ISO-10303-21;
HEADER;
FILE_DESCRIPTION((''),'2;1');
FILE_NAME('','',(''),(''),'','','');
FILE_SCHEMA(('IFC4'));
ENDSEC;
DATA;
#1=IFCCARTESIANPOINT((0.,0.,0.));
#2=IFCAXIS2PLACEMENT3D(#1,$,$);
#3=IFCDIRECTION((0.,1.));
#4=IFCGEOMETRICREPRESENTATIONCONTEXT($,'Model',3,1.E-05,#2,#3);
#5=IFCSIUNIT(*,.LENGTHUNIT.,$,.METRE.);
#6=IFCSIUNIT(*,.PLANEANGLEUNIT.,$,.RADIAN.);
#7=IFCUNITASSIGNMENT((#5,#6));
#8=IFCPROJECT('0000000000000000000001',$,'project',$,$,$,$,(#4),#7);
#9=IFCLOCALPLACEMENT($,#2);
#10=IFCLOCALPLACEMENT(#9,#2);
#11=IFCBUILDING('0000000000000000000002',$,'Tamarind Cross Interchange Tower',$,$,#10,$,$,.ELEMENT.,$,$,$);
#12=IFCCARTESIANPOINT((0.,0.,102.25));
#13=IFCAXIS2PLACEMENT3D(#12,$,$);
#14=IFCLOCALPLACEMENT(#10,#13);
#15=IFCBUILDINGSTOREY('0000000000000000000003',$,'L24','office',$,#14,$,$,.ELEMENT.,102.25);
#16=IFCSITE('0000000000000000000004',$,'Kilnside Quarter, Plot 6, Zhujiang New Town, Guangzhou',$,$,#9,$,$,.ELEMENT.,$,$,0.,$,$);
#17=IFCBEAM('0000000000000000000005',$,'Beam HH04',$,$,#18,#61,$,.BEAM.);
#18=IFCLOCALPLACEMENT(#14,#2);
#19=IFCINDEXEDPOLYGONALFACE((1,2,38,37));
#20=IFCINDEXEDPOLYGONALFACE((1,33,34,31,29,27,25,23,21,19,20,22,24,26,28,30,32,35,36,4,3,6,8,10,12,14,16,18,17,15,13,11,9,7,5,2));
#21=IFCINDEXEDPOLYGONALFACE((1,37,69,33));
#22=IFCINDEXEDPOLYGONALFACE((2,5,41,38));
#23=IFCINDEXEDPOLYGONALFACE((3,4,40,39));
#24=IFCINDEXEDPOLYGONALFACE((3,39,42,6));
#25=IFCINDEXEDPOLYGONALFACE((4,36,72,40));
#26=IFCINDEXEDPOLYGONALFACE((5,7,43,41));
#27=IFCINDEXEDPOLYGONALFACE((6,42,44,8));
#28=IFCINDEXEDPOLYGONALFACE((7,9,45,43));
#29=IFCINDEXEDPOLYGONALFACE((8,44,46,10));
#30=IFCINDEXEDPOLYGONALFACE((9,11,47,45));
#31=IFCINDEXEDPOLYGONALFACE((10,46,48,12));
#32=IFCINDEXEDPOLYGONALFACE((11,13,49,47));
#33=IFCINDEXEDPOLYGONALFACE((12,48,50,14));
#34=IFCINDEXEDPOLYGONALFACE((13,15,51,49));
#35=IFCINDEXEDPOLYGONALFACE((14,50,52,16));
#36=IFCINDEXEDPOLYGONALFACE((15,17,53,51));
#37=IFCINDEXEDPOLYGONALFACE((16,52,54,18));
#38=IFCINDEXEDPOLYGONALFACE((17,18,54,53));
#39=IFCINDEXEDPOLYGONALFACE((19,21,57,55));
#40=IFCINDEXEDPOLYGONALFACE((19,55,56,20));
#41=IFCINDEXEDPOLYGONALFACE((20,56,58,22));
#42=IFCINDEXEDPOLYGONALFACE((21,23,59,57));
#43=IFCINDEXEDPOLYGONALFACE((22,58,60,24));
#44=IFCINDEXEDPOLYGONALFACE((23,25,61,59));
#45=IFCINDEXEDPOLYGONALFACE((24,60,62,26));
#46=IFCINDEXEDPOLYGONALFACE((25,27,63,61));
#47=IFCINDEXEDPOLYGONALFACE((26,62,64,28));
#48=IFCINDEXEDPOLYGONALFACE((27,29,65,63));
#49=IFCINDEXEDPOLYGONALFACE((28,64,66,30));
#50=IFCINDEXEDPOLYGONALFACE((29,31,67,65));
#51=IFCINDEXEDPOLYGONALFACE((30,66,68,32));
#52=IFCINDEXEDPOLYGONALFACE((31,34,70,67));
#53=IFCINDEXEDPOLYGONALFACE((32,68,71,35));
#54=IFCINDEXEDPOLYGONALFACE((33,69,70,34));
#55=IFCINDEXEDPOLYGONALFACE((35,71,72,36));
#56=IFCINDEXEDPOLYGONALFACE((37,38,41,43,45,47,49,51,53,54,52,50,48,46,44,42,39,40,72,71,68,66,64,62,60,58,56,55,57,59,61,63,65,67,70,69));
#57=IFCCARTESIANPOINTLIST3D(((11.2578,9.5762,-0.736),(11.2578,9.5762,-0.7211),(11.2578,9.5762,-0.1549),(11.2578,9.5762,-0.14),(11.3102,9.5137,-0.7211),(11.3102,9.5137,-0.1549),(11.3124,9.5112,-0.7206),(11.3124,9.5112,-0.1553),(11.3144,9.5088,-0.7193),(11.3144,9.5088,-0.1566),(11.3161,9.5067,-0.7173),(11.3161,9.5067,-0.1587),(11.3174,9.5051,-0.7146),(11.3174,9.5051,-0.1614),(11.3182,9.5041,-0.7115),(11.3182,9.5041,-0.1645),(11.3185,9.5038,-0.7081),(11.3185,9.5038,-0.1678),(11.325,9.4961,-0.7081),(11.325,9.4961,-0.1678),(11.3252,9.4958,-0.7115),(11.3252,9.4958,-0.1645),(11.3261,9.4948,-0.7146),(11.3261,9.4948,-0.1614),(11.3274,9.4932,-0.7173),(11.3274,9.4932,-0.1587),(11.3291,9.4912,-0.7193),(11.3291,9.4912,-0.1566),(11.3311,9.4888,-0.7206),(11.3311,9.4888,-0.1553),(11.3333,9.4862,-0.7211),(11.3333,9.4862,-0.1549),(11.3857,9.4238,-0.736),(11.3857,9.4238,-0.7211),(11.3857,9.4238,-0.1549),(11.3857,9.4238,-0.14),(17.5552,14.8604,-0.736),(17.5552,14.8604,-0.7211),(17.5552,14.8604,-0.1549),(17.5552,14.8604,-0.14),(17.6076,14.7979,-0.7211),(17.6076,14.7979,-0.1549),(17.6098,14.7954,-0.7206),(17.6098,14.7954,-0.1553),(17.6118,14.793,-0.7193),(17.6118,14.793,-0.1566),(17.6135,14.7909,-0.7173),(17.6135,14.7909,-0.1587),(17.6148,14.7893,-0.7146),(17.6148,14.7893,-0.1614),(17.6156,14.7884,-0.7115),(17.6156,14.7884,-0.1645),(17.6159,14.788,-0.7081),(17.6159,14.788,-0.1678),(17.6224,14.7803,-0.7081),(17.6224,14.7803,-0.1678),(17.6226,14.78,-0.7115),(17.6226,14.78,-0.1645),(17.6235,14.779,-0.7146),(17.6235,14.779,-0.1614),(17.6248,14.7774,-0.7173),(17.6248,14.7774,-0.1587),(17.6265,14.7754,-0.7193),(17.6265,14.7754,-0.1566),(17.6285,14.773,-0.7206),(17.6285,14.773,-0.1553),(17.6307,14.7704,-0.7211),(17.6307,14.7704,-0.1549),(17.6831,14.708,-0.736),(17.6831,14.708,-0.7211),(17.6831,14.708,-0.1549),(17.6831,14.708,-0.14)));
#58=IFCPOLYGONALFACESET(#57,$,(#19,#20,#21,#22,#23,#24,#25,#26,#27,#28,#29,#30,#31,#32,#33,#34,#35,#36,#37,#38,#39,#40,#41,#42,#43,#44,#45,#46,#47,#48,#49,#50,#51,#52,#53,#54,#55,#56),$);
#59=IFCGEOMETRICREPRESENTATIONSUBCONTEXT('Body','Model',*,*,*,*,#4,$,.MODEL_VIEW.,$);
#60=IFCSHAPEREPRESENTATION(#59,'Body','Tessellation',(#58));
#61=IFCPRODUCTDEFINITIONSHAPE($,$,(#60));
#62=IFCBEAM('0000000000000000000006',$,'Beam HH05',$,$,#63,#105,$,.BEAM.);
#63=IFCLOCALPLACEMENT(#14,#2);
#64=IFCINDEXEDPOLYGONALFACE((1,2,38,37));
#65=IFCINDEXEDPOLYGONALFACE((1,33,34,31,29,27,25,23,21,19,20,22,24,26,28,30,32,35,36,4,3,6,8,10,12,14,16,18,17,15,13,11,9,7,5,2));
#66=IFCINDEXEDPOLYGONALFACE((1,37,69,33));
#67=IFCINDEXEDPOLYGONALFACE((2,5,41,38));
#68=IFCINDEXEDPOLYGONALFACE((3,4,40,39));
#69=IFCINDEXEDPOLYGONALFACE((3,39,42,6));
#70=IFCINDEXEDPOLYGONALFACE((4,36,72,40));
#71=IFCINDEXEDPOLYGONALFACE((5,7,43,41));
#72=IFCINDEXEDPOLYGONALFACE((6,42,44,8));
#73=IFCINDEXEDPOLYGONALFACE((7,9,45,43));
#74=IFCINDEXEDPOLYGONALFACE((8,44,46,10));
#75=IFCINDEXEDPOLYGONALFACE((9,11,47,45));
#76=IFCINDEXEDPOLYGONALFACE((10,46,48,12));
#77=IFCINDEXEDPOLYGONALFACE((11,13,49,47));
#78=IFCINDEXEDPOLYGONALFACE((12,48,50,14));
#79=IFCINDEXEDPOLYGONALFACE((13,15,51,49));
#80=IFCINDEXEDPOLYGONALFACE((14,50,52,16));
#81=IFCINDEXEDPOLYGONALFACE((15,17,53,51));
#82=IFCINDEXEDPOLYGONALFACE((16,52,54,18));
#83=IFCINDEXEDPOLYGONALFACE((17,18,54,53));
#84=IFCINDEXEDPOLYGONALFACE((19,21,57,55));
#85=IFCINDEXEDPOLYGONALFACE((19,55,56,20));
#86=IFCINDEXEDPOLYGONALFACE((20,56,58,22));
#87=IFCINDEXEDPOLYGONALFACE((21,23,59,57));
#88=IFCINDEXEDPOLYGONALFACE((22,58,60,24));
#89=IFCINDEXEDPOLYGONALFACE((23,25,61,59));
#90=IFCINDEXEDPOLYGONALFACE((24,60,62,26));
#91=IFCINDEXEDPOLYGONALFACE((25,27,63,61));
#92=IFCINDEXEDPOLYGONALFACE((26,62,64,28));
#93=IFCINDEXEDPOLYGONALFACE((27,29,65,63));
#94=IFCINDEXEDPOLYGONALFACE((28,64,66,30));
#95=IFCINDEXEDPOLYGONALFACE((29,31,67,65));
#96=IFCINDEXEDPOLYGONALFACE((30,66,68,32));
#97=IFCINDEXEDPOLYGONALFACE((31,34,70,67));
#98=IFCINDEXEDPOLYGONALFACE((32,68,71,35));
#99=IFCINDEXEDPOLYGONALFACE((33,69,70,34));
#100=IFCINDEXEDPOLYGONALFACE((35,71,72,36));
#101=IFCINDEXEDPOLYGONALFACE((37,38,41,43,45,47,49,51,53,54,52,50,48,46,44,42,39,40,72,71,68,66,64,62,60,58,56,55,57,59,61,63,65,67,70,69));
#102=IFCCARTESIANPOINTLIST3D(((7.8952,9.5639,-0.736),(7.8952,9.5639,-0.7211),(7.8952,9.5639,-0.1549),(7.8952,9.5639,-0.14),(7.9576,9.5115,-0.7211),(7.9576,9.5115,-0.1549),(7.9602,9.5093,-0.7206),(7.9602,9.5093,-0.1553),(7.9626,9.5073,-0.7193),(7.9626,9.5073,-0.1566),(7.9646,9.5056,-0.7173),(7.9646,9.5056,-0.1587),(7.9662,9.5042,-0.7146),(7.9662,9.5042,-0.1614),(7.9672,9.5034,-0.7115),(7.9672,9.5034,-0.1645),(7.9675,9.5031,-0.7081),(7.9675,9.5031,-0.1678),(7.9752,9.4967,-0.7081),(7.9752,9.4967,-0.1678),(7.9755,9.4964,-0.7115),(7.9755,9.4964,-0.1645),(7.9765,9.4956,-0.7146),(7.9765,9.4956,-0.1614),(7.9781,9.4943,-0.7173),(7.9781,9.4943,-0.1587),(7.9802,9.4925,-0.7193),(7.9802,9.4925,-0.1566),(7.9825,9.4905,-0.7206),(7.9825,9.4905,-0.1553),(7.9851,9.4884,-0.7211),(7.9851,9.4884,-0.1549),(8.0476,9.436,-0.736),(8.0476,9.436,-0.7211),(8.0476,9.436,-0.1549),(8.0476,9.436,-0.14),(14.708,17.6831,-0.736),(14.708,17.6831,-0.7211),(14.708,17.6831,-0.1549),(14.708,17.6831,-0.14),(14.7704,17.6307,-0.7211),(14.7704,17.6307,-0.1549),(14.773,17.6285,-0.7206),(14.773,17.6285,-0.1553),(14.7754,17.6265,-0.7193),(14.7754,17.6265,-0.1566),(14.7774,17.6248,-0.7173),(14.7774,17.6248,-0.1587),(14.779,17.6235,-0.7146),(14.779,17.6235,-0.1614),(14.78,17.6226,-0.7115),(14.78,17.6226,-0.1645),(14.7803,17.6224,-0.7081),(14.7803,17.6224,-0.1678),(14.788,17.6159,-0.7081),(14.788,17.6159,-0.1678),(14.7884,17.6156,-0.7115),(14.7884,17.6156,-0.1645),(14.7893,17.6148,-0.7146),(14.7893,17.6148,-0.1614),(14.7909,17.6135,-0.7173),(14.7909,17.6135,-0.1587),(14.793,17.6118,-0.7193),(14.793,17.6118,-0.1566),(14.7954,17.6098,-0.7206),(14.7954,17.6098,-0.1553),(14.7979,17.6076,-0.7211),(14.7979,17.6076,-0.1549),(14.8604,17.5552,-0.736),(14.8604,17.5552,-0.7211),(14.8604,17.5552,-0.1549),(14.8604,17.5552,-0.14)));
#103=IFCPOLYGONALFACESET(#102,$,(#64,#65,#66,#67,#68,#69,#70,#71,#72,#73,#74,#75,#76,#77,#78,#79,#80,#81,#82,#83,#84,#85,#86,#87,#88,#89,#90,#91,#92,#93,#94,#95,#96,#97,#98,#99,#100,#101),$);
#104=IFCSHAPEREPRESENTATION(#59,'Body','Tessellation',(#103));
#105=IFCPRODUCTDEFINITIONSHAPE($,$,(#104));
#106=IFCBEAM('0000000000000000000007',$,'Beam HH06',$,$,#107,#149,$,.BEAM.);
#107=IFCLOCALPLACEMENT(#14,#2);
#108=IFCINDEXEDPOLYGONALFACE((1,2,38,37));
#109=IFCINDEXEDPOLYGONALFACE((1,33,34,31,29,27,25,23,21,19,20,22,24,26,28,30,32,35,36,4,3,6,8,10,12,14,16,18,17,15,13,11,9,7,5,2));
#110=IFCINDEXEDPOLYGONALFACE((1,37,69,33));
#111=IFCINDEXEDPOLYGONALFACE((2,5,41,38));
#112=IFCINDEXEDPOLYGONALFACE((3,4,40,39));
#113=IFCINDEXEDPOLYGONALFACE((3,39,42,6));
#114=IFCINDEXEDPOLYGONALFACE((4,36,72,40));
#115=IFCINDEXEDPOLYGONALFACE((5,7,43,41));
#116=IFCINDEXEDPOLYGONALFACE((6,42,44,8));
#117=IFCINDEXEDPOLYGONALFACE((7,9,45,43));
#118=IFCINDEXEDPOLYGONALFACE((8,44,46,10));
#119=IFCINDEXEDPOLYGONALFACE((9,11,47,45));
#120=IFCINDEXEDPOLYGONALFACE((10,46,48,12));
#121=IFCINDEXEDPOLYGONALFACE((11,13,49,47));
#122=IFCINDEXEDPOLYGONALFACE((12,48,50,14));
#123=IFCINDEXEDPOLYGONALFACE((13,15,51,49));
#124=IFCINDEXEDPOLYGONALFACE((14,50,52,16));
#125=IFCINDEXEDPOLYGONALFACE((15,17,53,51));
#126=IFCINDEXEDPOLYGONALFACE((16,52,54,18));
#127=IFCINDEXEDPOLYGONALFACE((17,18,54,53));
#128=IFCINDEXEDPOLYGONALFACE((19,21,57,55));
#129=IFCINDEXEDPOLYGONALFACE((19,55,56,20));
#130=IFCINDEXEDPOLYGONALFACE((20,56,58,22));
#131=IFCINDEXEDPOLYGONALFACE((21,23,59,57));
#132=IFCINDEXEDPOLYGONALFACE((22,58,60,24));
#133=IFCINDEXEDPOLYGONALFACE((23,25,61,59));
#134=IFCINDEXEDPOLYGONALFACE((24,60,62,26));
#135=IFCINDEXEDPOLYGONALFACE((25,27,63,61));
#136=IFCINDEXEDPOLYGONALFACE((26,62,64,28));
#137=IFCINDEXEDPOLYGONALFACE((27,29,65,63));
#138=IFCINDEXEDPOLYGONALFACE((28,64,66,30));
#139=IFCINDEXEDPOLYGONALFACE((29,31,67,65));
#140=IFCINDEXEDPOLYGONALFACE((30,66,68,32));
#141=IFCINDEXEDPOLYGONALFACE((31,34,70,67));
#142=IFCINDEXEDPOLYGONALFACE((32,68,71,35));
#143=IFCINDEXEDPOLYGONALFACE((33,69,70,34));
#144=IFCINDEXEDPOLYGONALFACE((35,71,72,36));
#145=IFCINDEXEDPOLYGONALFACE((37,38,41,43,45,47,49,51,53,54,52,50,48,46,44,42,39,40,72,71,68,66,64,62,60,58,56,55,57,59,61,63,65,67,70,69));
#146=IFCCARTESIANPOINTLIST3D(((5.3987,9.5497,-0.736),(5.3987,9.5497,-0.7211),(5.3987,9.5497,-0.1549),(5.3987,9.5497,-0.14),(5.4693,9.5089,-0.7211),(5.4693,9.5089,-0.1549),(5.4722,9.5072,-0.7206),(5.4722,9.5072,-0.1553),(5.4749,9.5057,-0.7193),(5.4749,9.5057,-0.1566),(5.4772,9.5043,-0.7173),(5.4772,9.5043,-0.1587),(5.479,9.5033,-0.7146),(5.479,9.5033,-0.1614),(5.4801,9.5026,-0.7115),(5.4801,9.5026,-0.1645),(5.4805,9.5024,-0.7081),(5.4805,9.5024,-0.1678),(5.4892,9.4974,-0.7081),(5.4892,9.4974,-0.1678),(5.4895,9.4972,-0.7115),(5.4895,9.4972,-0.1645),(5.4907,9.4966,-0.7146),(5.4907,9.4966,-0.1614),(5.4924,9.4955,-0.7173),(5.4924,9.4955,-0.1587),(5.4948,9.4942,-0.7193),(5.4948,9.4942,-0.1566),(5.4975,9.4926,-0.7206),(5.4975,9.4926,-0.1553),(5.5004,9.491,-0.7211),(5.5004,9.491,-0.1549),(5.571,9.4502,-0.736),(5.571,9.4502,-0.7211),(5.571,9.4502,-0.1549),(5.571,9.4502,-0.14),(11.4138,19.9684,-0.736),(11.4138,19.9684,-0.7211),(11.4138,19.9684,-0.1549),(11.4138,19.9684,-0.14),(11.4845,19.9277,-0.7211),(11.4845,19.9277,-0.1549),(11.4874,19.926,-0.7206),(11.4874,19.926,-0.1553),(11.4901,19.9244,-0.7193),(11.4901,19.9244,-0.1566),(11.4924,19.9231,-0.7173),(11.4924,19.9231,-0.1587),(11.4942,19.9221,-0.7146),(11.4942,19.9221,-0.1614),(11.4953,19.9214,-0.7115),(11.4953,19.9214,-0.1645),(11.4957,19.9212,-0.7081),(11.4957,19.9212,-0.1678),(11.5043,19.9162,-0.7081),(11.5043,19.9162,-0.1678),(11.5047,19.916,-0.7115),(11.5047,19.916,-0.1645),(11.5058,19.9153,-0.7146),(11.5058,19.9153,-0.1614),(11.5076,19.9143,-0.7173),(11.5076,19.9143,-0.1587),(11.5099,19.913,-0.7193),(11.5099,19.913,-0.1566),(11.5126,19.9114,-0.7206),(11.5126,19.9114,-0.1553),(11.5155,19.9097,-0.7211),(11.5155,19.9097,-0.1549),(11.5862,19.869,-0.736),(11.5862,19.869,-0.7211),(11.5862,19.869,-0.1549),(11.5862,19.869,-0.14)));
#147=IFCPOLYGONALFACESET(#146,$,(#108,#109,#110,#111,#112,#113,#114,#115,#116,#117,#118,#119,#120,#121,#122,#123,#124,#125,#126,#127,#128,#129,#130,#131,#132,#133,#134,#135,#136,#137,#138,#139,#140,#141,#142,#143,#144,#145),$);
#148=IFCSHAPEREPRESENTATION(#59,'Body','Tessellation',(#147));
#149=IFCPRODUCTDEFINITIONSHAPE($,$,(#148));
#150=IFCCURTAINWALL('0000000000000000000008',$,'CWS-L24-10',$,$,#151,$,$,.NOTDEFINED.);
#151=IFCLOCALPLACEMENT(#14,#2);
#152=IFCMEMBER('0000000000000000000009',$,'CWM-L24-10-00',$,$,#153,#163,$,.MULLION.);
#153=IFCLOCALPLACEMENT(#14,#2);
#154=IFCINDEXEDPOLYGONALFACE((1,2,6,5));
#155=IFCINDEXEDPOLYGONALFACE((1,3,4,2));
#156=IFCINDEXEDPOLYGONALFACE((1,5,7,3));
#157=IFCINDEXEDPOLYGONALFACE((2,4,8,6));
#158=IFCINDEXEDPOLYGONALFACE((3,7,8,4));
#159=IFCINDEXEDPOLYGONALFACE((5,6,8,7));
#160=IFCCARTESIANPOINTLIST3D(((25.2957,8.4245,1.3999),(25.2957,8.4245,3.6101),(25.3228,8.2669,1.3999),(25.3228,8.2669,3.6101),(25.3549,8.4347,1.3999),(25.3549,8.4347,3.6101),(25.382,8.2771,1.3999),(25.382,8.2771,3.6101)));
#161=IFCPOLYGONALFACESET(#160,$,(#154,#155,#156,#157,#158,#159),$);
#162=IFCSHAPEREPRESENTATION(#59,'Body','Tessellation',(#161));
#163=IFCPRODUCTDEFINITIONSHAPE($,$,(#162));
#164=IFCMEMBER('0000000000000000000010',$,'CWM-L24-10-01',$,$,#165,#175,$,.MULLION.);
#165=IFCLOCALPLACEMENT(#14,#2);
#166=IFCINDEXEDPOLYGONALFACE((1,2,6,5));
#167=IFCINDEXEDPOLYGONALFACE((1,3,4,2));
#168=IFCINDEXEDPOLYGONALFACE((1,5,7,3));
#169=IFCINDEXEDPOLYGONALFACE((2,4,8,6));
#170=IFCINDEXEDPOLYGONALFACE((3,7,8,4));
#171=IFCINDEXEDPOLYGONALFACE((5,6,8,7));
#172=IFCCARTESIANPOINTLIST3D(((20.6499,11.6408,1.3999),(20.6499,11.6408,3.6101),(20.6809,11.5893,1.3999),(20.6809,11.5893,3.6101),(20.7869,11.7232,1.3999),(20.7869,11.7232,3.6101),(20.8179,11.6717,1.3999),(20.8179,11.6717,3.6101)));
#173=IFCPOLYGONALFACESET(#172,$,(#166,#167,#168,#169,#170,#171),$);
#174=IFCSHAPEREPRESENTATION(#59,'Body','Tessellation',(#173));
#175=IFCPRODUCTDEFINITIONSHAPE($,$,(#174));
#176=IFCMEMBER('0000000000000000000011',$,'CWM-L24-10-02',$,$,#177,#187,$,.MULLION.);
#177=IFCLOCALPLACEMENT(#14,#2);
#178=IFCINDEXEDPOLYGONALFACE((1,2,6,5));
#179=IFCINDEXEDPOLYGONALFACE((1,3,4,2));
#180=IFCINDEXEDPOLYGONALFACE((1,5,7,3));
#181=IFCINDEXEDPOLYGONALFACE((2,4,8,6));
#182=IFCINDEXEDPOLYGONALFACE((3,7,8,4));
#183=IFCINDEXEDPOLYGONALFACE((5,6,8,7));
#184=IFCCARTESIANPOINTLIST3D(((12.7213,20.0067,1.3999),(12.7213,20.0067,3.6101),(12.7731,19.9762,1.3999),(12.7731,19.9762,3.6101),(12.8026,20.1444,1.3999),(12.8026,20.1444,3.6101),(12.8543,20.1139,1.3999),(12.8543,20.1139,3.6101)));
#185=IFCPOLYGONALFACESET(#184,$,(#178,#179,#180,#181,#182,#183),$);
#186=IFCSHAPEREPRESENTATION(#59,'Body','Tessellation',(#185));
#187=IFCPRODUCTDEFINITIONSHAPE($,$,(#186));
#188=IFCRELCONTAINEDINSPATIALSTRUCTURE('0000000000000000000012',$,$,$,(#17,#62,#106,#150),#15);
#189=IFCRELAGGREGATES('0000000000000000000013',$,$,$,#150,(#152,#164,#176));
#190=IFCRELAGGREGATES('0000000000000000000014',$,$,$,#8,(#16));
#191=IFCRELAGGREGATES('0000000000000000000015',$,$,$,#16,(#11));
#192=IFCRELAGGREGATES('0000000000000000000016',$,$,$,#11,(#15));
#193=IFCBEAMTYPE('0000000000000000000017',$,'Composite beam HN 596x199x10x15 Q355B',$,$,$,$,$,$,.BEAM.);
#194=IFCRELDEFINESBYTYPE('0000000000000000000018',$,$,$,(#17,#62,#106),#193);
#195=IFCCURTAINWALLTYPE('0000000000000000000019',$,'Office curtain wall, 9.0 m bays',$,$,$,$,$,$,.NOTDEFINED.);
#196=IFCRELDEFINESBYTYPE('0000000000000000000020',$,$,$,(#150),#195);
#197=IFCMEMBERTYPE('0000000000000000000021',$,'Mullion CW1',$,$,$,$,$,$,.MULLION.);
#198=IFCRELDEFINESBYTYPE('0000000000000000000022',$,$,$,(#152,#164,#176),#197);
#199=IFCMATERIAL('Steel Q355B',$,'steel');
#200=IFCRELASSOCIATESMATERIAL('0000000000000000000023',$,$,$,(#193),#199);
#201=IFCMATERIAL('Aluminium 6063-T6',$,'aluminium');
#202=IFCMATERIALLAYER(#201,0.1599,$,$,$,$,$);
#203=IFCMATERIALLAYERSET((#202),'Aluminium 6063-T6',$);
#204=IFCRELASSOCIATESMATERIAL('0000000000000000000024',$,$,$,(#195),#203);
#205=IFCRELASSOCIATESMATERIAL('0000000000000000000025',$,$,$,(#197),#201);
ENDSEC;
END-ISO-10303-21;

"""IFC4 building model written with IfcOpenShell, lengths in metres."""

from ifc_helpers import new_model, si_unit, direction, frame, origin, origin_2d, place, context, subcontext, project, spatial, rectangle, i_section, extrude, material, layer, layer_set, material_profile, profile_set, type_object, element, aggregate, save


model = new_model("IFC4")

# Units and contexts
model_context = context("Model", 3, precision=1e-05, world=origin(), true_north=direction((0.0, 1.0)))
body_context = subcontext(model_context, "Body", "Model", "MODEL_VIEW")
ifc_project = project(units=[si_unit("LENGTHUNIT", "METRE"), si_unit("PLANEANGLEUNIT", "RADIAN")], contexts=[model_context])

# Site, building, storey
site_placement = place(None, origin())
site = spatial("IfcSite", under=ifc_project, at=site_placement, Name="Kilnside Quarter, Plot 6, Zhujiang New Town, Guangzhou", CompositionType="ELEMENT", RefElevation=0.0)
building_placement = place(site_placement, origin())
building = spatial("IfcBuilding", under=site, at=building_placement, Name="Tamarind Cross Interchange Tower", CompositionType="ELEMENT")
storey_placement = place(building_placement, frame((0.0, 0.0, 102.25)))
storey = spatial("IfcBuildingStorey", under=building, at=storey_placement, Name="L24", Description="office", CompositionType="ELEMENT", Elevation=102.25)

# Beams
ifc_material_1 = material(Name="Steel Q355B", Category="steel")
ifc_material_profile_1 = material_profile(ifc_material_1, i_section(OverallWidth=0.199, OverallDepth=0.5959, WebThickness=0.01, FlangeThickness=0.0149, FilletRadius=0.0129, at=origin_2d()), Name="HN 596x199x10x15")
ifc_profile_set_1 = profile_set([ifc_material_profile_1], Name="Steel Q355B")
beam_type = type_object("IfcBeamType", Name="Composite beam HN 596x199x10x15 Q355B", PredefinedType="BEAM", material=ifc_profile_set_1)
beam_1_placement = place(storey_placement, frame((17.6191, 14.7842, -0.438), z_axis=(-0.766041, -0.642792, 0.0), x_axis=(0.642792, -0.766041, 0.0)))
element("IfcBeam", 1, at=beam_1_placement, inside=storey, type_object=beam_type, Name="Beam HH04", PredefinedType="BEAM", context=body_context, shape_type="SweptSolid", body=[
    extrude(i_section(OverallWidth=0.199, OverallDepth=0.5959, WebThickness=0.01, FlangeThickness=0.0149, FilletRadius=0.0129, at=origin_2d()), origin(), (0.0, 0.0, 1.0), 8.2207),
])
beam_2_placement = place(storey_placement, frame((14.7842, 17.6191, -0.438), z_axis=(-0.642786, -0.766046, 0.0), x_axis=(0.766046, -0.642786, 0.0)))
element("IfcBeam", 2, at=beam_2_placement, inside=storey, type_object=beam_type, Name="Beam HH05", PredefinedType="BEAM", context=body_context, shape_type="SweptSolid", body=[
    extrude(i_section(OverallWidth=0.199, OverallDepth=0.5959, WebThickness=0.01, FlangeThickness=0.0149, FilletRadius=0.0129, at=origin_2d()), origin(), (0.0, 0.0, 1.0), 10.5989),
])
beam_3_placement = place(storey_placement, frame((11.5, 19.9187, -0.438), z_axis=(-0.499994, -0.866029, 0.0), x_axis=(0.866029, -0.499994, 0.0)))
element("IfcBeam", 3, at=beam_3_placement, inside=storey, type_object=beam_type, Name="Beam HH06", PredefinedType="BEAM", context=body_context, shape_type="SweptSolid", body=[
    extrude(i_section(OverallWidth=0.199, OverallDepth=0.5959, WebThickness=0.01, FlangeThickness=0.0149, FilletRadius=0.0129, at=origin_2d()), origin(), (0.0, 0.0, 1.0), 12.0305),
])

# Curtain wall, members
ifc_material_2 = material(Name="Aluminium 6063-T6", Category="aluminium")
ifc_layer_1 = layer(ifc_material_2, 0.1599)
ifc_layer_set_1 = layer_set([ifc_layer_1], Name="Aluminium 6063-T6")
curtain_wall_type = type_object("IfcCurtainWallType", Name="Office curtain wall, 9.0 m bays", PredefinedType="NOTDEFINED", material=ifc_layer_set_1)
curtain_wall_placement = place(storey_placement, origin())
curtain_wall = element("IfcCurtainWall", 4, at=curtain_wall_placement, inside=storey, type_object=curtain_wall_type, Name="CWS-L24-10", PredefinedType="NOTDEFINED")
ifc_material_profile_2 = material_profile(ifc_material_2, rectangle(XDim=0.0601, YDim=0.1599, at=origin_2d()), Name="Mullion CW1")
ifc_profile_set_2 = profile_set([ifc_material_profile_2], Name="Aluminium 6063-T6")
member_type = type_object("IfcMemberType", Name="Mullion CW1", PredefinedType="MULLION", material=ifc_profile_set_2)
member_1_placement = place(storey_placement, frame((25.3389, 8.3508, 1.3999), z_axis=(0.0, 0.0, 1.0), x_axis=(-0.985508, -0.169628, 0.0)))
member_1 = element("IfcMember", 5, at=member_1_placement, type_object=member_type, Name="CWM-L24-10-00", PredefinedType="MULLION", context=body_context, shape_type="SweptSolid", body=[
    extrude(rectangle(XDim=0.0601, YDim=0.1599, at=origin_2d()), origin(), (0.0, 0.0, 1.0), 2.2102),
])
member_2_placement = place(storey_placement, frame((20.7339, 11.6562, 1.3999), z_axis=(0.0, 0.0, 1.0), x_axis=(-0.515577, 0.856843, 0.0)))
member_2 = element("IfcMember", 6, at=member_2_placement, type_object=member_type, Name="CWM-L24-10-01", PredefinedType="MULLION", context=body_context, shape_type="SweptSolid", body=[
    extrude(rectangle(XDim=0.0601, YDim=0.1599, at=origin_2d()), origin(), (0.0, 0.0, 1.0), 2.2102),
])
member_3_placement = place(storey_placement, frame((12.7878, 20.0603, 1.3999), z_axis=(0.0, 0.0, 1.0), x_axis=(-0.861249, 0.508183, 0.0)))
member_3 = element("IfcMember", 7, at=member_3_placement, type_object=member_type, Name="CWM-L24-10-02", PredefinedType="MULLION", context=body_context, shape_type="SweptSolid", body=[
    extrude(rectangle(XDim=0.0601, YDim=0.1599, at=origin_2d()), origin(), (0.0, 0.0, 1.0), 2.2102),
])
aggregate(curtain_wall, [member_1, member_2, member_3])

save(model, "model.ifc")
